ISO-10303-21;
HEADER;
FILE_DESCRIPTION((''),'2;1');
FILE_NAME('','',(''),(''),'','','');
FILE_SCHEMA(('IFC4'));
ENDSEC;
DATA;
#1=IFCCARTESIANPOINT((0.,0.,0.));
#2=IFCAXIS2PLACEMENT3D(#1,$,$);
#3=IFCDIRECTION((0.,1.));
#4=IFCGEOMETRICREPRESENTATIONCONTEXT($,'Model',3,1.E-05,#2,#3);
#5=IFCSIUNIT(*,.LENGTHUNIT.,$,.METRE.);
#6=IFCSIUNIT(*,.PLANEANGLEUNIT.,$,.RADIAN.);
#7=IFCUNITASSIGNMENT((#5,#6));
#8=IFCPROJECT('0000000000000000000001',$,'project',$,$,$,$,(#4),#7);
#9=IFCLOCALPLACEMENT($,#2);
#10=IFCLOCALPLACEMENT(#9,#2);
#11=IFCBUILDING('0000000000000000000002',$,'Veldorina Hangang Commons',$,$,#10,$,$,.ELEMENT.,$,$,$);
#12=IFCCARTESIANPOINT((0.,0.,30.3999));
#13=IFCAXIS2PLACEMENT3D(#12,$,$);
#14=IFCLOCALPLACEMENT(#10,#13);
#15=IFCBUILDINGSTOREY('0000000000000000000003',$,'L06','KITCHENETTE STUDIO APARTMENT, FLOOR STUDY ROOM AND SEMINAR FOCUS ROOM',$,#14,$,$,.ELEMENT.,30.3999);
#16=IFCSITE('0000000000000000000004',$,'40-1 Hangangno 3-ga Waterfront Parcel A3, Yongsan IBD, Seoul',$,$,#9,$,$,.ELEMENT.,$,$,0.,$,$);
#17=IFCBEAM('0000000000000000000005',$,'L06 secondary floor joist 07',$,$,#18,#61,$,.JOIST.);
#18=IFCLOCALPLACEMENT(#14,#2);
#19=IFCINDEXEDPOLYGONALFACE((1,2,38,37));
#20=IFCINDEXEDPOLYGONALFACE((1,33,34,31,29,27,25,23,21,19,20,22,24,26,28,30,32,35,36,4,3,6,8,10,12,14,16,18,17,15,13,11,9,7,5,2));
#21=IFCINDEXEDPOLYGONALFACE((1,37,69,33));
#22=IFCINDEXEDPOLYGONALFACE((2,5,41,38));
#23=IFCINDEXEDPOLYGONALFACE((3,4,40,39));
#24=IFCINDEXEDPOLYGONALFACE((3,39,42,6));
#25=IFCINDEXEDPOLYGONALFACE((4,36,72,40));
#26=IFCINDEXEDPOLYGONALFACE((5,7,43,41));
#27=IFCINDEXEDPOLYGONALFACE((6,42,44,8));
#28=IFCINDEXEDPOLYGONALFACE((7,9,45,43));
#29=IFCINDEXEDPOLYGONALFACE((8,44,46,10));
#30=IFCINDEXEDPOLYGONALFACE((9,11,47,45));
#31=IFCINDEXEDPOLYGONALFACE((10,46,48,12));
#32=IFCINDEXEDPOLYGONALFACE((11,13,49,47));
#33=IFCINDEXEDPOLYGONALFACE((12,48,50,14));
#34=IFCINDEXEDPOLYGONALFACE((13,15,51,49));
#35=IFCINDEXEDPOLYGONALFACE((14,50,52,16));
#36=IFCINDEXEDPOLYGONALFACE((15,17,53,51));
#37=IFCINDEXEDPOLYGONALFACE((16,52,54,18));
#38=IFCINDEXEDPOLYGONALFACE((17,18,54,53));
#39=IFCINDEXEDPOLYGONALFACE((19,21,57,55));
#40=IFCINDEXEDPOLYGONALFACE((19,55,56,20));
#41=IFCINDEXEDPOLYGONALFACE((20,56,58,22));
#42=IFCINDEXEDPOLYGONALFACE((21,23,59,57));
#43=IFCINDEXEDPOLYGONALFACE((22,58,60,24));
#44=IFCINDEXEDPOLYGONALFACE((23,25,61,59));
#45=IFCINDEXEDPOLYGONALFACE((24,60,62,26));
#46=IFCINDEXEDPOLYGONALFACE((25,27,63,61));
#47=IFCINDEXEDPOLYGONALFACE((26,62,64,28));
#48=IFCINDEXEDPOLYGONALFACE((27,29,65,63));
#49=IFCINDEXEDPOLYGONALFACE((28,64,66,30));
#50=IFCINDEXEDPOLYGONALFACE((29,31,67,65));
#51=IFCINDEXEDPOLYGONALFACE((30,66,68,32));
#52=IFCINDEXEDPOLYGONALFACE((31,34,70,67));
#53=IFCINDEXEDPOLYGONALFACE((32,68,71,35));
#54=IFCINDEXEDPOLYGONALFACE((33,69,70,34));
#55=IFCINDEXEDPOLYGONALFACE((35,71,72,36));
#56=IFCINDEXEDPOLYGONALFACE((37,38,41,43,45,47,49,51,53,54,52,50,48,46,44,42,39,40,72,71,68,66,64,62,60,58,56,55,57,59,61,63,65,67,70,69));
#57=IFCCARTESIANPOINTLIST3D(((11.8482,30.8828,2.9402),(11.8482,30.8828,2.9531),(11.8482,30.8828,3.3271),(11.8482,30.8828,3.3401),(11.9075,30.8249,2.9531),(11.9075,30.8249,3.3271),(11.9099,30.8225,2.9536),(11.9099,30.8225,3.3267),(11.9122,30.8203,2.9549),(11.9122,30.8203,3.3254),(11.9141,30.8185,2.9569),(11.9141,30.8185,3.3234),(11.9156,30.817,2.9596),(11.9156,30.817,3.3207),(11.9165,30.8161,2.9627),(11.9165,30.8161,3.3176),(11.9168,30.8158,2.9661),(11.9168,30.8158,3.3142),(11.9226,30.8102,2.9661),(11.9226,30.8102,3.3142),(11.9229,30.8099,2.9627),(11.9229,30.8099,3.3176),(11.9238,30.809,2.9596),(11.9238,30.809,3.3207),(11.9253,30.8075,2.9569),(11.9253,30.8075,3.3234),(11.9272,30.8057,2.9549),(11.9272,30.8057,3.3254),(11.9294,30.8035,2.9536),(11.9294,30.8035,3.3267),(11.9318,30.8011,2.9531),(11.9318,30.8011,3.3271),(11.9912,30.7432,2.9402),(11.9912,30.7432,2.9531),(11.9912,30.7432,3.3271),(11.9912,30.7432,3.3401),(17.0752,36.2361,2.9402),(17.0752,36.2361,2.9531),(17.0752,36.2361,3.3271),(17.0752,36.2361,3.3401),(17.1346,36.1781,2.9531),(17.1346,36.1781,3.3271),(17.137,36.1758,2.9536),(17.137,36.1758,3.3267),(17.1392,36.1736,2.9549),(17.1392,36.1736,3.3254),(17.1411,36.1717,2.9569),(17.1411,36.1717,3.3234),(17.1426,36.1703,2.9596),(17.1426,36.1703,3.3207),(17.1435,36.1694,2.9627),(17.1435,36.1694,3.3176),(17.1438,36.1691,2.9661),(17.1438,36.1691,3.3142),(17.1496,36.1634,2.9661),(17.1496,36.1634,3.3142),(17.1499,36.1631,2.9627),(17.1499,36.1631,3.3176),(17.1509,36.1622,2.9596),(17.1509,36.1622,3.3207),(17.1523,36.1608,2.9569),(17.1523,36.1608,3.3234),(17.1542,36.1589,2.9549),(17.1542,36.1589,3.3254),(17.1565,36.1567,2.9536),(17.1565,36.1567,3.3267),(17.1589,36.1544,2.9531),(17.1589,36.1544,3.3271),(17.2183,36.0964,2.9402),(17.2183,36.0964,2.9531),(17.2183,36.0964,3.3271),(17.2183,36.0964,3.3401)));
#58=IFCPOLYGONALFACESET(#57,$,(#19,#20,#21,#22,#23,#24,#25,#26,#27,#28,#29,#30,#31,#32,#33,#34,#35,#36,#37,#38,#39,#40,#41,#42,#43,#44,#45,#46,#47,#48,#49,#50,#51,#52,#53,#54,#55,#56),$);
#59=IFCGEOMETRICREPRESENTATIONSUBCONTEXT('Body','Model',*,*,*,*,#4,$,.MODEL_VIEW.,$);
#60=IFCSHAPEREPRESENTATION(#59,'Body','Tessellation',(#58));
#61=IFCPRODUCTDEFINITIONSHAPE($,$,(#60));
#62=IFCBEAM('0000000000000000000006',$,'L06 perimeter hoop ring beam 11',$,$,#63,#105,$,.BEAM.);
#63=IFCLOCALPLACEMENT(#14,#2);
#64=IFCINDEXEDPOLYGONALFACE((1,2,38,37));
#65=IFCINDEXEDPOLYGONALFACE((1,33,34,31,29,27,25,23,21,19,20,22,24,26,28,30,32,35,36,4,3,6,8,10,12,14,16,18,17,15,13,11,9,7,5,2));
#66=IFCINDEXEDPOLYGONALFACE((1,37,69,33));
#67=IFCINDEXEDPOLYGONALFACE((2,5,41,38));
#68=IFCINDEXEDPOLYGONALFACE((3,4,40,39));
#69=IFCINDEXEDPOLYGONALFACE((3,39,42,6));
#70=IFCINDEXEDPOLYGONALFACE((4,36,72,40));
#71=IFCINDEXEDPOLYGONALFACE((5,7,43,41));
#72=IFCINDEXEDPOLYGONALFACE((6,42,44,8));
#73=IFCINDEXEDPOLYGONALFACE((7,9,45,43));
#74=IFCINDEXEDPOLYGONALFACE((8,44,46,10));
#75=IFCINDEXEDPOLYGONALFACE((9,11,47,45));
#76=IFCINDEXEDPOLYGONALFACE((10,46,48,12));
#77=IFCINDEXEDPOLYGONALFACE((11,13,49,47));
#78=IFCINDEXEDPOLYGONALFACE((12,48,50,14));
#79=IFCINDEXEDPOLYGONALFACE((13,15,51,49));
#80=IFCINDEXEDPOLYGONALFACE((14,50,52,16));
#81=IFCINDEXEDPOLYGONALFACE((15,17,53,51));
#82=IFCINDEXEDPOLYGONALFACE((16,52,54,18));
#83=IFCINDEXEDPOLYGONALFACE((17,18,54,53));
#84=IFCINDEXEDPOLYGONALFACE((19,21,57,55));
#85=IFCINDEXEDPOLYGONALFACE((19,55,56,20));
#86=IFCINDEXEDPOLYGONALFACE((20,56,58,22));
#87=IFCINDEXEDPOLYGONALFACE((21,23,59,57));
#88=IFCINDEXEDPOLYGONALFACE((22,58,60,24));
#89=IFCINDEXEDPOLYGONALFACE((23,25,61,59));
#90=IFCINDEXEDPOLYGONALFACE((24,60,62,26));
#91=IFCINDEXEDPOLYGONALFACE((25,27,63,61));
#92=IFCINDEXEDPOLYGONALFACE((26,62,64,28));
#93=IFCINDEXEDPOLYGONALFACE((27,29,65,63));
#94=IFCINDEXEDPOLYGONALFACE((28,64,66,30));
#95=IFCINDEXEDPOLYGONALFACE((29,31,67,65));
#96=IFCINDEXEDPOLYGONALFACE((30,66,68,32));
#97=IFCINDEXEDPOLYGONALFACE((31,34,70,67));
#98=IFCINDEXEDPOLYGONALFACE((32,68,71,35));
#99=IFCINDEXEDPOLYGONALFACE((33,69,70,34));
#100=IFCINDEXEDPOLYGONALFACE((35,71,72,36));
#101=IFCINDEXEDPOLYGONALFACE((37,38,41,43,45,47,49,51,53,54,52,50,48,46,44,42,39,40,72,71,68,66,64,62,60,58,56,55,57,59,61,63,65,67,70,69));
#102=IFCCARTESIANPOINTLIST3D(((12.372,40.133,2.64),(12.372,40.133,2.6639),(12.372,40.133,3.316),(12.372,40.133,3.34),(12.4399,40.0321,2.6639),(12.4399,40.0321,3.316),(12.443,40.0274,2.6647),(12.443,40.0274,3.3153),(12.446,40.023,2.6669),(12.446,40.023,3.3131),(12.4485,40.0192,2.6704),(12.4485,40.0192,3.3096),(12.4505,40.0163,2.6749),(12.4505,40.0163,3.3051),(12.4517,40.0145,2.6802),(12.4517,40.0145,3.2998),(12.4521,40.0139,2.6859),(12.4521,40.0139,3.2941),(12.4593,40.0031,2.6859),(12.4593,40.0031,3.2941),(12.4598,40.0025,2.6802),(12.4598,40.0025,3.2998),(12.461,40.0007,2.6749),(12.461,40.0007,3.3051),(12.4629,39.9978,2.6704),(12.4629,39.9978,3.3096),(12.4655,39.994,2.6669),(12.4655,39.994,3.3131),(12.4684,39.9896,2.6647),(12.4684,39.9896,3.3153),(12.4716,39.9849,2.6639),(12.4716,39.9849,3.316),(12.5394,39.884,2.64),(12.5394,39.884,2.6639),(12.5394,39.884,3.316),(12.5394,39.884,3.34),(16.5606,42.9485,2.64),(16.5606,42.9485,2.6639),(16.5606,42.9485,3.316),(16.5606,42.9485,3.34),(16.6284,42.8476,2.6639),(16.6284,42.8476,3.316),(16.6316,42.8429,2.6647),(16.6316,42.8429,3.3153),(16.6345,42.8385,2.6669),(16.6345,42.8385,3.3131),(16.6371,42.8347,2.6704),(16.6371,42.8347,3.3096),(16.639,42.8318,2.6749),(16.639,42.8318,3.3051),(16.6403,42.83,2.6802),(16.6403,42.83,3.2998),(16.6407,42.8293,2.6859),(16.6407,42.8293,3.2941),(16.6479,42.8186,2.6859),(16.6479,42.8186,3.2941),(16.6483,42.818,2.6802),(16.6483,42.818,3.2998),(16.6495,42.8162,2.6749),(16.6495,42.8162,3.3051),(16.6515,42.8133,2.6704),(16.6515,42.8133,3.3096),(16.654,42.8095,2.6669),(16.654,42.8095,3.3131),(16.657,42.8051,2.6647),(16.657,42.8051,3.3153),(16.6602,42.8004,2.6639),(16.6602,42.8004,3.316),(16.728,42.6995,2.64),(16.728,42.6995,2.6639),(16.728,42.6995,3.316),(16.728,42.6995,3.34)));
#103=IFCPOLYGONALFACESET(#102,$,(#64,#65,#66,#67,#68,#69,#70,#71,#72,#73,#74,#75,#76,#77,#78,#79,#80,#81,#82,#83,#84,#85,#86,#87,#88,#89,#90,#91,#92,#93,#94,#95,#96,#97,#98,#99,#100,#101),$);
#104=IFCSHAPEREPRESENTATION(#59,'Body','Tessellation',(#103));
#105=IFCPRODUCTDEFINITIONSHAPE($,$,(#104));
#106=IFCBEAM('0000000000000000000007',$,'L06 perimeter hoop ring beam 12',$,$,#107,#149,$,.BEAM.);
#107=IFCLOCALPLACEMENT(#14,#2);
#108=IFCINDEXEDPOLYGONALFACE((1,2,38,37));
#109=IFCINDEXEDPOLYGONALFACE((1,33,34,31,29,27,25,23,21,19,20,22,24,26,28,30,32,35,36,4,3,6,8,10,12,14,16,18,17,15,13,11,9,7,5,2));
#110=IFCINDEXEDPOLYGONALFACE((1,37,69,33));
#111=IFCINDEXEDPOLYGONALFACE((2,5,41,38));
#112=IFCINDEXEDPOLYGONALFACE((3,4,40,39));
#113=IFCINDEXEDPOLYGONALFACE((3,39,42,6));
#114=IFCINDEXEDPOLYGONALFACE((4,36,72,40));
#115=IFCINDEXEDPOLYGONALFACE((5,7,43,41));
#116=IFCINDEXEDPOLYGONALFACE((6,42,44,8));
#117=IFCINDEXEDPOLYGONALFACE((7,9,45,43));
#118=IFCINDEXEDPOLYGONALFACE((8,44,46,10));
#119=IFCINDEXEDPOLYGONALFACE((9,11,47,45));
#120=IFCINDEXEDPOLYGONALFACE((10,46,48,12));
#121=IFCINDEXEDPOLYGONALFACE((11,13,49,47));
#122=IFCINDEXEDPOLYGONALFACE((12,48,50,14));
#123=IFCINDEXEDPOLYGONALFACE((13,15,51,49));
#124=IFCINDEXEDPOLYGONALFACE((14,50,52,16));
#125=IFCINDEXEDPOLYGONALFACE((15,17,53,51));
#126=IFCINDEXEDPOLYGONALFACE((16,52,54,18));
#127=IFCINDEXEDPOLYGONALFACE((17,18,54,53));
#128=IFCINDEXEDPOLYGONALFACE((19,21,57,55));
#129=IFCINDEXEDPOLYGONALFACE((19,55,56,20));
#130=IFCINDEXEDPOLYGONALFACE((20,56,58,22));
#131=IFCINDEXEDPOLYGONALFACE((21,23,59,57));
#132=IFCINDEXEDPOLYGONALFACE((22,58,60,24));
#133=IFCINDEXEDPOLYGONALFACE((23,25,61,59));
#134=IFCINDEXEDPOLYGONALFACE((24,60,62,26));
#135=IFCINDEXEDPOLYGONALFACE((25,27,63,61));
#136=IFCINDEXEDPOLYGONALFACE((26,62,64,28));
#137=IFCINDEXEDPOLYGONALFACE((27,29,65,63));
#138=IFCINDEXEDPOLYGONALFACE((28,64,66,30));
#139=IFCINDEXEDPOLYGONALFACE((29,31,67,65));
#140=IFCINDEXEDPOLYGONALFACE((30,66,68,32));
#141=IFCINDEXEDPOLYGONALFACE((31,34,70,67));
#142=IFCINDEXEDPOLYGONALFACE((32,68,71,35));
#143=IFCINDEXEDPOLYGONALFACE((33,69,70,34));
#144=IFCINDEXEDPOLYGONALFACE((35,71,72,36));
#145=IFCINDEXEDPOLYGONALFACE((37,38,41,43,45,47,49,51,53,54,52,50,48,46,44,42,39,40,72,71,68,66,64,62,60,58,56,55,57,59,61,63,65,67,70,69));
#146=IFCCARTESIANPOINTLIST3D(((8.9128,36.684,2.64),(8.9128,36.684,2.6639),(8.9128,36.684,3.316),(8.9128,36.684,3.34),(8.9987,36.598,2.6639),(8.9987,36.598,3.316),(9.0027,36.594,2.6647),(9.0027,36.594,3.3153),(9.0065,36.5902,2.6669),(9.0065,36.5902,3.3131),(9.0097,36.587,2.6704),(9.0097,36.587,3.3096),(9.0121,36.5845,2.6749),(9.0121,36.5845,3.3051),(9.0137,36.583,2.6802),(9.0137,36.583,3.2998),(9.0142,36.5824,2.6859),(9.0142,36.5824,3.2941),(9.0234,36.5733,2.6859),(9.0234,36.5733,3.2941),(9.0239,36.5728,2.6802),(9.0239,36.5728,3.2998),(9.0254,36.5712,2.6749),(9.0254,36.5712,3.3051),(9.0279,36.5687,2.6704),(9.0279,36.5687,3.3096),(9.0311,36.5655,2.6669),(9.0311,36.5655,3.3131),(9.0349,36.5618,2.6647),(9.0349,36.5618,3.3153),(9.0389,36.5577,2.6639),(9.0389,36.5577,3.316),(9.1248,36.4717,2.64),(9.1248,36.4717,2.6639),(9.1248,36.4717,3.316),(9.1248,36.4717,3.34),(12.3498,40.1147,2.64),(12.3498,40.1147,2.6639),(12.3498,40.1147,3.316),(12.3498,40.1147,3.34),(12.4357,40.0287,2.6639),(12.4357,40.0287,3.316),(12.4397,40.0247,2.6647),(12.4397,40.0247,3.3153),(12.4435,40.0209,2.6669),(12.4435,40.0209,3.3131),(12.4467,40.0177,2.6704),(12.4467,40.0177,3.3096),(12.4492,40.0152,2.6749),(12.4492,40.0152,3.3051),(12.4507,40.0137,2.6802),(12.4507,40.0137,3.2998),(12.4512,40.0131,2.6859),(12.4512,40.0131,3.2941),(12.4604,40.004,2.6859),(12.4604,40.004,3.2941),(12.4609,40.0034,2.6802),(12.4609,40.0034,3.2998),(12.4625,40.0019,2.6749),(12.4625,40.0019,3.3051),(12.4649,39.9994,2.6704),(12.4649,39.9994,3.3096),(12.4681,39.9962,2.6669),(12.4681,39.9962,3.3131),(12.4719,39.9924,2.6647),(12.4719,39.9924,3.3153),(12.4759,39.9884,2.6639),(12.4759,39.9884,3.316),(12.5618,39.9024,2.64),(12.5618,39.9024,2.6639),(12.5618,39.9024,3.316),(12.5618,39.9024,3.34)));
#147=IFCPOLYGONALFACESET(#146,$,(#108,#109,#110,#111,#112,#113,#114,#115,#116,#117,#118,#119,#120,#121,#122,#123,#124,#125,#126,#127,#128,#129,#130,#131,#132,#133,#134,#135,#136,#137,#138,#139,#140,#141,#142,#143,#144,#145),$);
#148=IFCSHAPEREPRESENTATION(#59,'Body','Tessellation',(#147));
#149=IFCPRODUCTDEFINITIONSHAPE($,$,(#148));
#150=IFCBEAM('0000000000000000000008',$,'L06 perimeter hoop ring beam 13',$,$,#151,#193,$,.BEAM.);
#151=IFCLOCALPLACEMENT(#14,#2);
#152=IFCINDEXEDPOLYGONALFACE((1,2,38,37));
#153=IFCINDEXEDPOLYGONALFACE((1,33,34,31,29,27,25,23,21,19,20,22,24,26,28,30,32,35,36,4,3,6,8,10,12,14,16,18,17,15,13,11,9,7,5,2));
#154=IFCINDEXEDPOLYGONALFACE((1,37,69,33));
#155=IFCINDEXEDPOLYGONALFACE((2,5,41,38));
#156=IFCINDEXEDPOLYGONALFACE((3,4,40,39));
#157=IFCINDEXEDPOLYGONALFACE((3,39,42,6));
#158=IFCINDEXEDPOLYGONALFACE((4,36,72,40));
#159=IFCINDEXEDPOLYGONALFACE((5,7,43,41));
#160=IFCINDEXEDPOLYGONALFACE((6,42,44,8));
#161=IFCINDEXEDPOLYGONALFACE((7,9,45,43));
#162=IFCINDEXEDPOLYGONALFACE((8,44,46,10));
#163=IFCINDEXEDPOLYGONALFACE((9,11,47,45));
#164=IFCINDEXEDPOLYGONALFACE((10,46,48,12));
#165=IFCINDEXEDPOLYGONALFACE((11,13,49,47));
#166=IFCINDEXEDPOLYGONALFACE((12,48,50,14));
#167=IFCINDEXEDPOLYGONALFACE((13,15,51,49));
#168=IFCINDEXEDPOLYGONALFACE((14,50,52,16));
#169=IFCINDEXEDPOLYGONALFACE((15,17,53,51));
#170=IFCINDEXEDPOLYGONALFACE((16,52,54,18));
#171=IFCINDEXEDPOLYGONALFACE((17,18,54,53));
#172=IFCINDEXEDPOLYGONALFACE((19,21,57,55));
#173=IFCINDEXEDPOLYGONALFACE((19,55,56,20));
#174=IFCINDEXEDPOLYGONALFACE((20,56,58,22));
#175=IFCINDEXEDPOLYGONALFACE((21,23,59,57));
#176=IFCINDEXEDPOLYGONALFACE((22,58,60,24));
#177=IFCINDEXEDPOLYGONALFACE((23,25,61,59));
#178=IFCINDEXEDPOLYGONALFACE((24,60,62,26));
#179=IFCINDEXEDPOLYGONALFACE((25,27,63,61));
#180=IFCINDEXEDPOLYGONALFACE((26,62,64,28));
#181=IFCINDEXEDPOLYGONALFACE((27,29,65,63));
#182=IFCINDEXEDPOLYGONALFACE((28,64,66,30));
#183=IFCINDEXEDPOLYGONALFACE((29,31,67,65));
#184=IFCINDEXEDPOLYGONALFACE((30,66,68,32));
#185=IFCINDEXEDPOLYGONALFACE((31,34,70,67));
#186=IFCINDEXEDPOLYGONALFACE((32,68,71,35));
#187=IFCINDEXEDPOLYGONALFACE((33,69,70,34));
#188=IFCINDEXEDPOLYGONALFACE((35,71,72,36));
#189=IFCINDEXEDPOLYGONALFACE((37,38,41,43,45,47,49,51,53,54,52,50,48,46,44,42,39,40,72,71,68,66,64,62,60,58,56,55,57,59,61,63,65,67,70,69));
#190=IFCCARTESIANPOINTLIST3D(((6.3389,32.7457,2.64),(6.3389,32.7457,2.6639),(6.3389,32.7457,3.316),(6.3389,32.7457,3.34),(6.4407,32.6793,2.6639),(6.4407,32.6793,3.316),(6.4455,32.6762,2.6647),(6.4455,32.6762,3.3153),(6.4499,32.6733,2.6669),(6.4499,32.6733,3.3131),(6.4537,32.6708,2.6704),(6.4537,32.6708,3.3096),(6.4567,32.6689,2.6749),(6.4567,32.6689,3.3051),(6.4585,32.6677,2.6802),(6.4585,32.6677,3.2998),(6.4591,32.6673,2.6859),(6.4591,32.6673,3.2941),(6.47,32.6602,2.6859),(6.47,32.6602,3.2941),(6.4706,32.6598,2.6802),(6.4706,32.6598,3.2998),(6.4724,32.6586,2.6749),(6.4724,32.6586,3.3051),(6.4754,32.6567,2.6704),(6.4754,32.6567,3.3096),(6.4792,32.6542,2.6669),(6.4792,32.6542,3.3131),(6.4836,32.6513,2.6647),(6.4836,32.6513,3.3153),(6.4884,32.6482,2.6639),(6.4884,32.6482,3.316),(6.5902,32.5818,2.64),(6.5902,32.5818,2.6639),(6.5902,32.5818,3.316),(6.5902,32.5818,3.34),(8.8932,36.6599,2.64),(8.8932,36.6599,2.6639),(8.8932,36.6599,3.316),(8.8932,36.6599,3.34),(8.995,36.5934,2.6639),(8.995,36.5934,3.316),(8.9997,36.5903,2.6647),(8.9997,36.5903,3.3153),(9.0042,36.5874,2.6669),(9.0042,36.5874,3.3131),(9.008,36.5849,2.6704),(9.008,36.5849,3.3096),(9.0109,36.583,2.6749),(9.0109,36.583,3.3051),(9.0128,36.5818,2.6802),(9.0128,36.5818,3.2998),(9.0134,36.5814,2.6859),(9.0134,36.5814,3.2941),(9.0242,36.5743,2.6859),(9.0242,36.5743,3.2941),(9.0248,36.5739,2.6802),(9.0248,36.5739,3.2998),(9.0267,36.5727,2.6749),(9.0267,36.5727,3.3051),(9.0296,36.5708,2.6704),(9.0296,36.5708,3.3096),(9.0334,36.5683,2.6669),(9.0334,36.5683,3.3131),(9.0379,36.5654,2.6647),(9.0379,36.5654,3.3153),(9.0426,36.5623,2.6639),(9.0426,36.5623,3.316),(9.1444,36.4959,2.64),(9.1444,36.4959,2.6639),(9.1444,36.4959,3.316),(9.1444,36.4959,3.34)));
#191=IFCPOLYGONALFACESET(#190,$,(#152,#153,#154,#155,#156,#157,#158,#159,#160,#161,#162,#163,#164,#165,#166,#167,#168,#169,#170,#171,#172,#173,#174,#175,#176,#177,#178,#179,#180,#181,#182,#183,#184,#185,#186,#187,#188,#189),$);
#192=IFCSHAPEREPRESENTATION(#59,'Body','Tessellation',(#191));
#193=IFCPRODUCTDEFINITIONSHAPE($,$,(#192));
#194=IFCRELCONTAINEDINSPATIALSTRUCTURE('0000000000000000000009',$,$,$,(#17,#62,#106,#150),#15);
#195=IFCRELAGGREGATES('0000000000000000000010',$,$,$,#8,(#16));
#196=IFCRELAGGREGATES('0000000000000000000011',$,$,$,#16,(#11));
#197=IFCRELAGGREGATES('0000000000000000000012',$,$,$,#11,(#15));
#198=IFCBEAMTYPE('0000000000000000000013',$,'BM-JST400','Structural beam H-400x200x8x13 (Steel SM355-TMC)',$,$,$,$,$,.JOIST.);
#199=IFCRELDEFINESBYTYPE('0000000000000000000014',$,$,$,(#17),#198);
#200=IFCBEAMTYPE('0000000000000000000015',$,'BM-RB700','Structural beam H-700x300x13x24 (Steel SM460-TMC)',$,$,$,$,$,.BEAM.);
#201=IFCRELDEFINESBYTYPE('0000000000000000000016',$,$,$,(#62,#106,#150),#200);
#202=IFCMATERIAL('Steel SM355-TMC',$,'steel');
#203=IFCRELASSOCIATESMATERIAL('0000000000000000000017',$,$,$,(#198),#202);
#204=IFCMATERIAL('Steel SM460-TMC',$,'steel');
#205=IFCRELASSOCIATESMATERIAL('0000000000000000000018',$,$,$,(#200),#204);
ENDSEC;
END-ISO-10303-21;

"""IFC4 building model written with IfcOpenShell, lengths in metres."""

from ifc_helpers import new_model, si_unit, direction, frame, origin, origin_2d, place, context, subcontext, project, spatial, i_section, extrude, material, material_profile, profile_set, type_object, element, save


model = new_model("IFC4")

# Units and contexts
model_context = context("Model", 3, precision=1e-05, world=origin(), true_north=direction((0.0, 1.0)))
body_context = subcontext(model_context, "Body", "Model", "MODEL_VIEW")
ifc_project = project(units=[si_unit("LENGTHUNIT", "METRE"), si_unit("PLANEANGLEUNIT", "RADIAN")], contexts=[model_context])

# Site, building, storey
site_placement = place(None, origin())
site = spatial("IfcSite", under=ifc_project, at=site_placement, Name="40-1 Hangangno 3-ga Waterfront Parcel A3, Yongsan IBD, Seoul", CompositionType="ELEMENT", RefElevation=0.0)
building_placement = place(site_placement, origin())
building = spatial("IfcBuilding", under=site, at=building_placement, Name="Veldorina Hangang Commons", CompositionType="ELEMENT")
storey_placement = place(building_placement, frame((0.0, 0.0, 30.3999)))
storey = spatial("IfcBuildingStorey", under=building, at=storey_placement, Name="L06", Description="KITCHENETTE STUDIO APARTMENT, FLOOR STUDY ROOM AND SEMINAR FOCUS ROOM", CompositionType="ELEMENT", Elevation=30.3999)

# Beams
ifc_material_1 = material(Name="Steel SM355-TMC", Category="steel")
ifc_material_profile_1 = material_profile(ifc_material_1, i_section(OverallWidth=0.2, OverallDepth=0.3999, WebThickness=0.0081, FlangeThickness=0.0129, FilletRadius=0.0129, at=origin_2d()), Name="H-400x200x8x13")
ifc_profile_set_1 = profile_set([ifc_material_profile_1], Name="Steel SM355-TMC")
beam_type_1 = type_object("IfcBeamType", Name="BM-JST400", Description="Structural beam H-400x200x8x13 (Steel SM355-TMC)", PredefinedType="JOIST", material=ifc_profile_set_1)
beam_1_placement = place(storey_placement, frame((17.1467, 36.1663, 3.1401), z_axis=(-0.698621, -0.715491, 0.0), x_axis=(0.715491, -0.698621, 0.0)))
element("IfcBeam", 1, at=beam_1_placement, inside=storey, type_object=beam_type_1, Name="L06 secondary floor joist 07", PredefinedType="JOIST", context=body_context, shape_type="SweptSolid", body=[
    extrude(i_section(OverallWidth=0.2, OverallDepth=0.3999, WebThickness=0.0081, FlangeThickness=0.0129, FilletRadius=0.0129, at=origin_2d()), origin(), (0.0, 0.0, 1.0), 7.4819),
])
ifc_material_2 = material(Name="Steel SM460-TMC", Category="steel")
ifc_material_profile_2 = material_profile(ifc_material_2, i_section(OverallWidth=0.3, OverallDepth=0.7, WebThickness=0.0129, FlangeThickness=0.0239, FilletRadius=0.022, at=origin_2d()), Name="H-700x300x13x24")
ifc_profile_set_2 = profile_set([ifc_material_profile_2], Name="Steel SM460-TMC")
beam_type_2 = type_object("IfcBeamType", Name="BM-RB700", Description="Structural beam H-700x300x13x24 (Steel SM460-TMC)", PredefinedType="BEAM", material=ifc_profile_set_2)
beam_2_placement = place(storey_placement, frame((16.6443, 42.824, 2.99), z_axis=(-0.829931, -0.557867, 0.0), x_axis=(0.557867, -0.829931, 0.0)))
element("IfcBeam", 2, at=beam_2_placement, inside=storey, type_object=beam_type_2, Name="L06 perimeter hoop ring beam 11", PredefinedType="BEAM", context=body_context, shape_type="SweptSolid", body=[
    extrude(i_section(OverallWidth=0.3, OverallDepth=0.7, WebThickness=0.0129, FlangeThickness=0.0239, FilletRadius=0.022, at=origin_2d()), origin(), (0.0, 0.0, 1.0), 5.0469),
])
beam_3_placement = place(storey_placement, frame((12.4558, 40.0085, 2.99), z_axis=(-0.70776, -0.706453, 0.0), x_axis=(0.706453, -0.70776, 0.0)))
element("IfcBeam", 3, at=beam_3_placement, inside=storey, type_object=beam_type_2, Name="L06 perimeter hoop ring beam 12", PredefinedType="BEAM", context=body_context, shape_type="SweptSolid", body=[
    extrude(i_section(OverallWidth=0.3, OverallDepth=0.7, WebThickness=0.0129, FlangeThickness=0.0239, FilletRadius=0.022, at=origin_2d()), origin(), (0.0, 0.0, 1.0), 4.8562),
])
beam_4_placement = place(storey_placement, frame((9.0188, 36.5779, 2.99), z_axis=(-0.5465, -0.837459, 0.0), x_axis=(0.837459, -0.5465, 0.0)))
element("IfcBeam", 4, at=beam_4_placement, inside=storey, type_object=beam_type_2, Name="L06 perimeter hoop ring beam 13", PredefinedType="BEAM", context=body_context, shape_type="SweptSolid", body=[
    extrude(i_section(OverallWidth=0.3, OverallDepth=0.7, WebThickness=0.0129, FlangeThickness=0.0239, FilletRadius=0.022, at=origin_2d()), origin(), (0.0, 0.0, 1.0), 4.6738),
])

save(model, "model.ifc")
